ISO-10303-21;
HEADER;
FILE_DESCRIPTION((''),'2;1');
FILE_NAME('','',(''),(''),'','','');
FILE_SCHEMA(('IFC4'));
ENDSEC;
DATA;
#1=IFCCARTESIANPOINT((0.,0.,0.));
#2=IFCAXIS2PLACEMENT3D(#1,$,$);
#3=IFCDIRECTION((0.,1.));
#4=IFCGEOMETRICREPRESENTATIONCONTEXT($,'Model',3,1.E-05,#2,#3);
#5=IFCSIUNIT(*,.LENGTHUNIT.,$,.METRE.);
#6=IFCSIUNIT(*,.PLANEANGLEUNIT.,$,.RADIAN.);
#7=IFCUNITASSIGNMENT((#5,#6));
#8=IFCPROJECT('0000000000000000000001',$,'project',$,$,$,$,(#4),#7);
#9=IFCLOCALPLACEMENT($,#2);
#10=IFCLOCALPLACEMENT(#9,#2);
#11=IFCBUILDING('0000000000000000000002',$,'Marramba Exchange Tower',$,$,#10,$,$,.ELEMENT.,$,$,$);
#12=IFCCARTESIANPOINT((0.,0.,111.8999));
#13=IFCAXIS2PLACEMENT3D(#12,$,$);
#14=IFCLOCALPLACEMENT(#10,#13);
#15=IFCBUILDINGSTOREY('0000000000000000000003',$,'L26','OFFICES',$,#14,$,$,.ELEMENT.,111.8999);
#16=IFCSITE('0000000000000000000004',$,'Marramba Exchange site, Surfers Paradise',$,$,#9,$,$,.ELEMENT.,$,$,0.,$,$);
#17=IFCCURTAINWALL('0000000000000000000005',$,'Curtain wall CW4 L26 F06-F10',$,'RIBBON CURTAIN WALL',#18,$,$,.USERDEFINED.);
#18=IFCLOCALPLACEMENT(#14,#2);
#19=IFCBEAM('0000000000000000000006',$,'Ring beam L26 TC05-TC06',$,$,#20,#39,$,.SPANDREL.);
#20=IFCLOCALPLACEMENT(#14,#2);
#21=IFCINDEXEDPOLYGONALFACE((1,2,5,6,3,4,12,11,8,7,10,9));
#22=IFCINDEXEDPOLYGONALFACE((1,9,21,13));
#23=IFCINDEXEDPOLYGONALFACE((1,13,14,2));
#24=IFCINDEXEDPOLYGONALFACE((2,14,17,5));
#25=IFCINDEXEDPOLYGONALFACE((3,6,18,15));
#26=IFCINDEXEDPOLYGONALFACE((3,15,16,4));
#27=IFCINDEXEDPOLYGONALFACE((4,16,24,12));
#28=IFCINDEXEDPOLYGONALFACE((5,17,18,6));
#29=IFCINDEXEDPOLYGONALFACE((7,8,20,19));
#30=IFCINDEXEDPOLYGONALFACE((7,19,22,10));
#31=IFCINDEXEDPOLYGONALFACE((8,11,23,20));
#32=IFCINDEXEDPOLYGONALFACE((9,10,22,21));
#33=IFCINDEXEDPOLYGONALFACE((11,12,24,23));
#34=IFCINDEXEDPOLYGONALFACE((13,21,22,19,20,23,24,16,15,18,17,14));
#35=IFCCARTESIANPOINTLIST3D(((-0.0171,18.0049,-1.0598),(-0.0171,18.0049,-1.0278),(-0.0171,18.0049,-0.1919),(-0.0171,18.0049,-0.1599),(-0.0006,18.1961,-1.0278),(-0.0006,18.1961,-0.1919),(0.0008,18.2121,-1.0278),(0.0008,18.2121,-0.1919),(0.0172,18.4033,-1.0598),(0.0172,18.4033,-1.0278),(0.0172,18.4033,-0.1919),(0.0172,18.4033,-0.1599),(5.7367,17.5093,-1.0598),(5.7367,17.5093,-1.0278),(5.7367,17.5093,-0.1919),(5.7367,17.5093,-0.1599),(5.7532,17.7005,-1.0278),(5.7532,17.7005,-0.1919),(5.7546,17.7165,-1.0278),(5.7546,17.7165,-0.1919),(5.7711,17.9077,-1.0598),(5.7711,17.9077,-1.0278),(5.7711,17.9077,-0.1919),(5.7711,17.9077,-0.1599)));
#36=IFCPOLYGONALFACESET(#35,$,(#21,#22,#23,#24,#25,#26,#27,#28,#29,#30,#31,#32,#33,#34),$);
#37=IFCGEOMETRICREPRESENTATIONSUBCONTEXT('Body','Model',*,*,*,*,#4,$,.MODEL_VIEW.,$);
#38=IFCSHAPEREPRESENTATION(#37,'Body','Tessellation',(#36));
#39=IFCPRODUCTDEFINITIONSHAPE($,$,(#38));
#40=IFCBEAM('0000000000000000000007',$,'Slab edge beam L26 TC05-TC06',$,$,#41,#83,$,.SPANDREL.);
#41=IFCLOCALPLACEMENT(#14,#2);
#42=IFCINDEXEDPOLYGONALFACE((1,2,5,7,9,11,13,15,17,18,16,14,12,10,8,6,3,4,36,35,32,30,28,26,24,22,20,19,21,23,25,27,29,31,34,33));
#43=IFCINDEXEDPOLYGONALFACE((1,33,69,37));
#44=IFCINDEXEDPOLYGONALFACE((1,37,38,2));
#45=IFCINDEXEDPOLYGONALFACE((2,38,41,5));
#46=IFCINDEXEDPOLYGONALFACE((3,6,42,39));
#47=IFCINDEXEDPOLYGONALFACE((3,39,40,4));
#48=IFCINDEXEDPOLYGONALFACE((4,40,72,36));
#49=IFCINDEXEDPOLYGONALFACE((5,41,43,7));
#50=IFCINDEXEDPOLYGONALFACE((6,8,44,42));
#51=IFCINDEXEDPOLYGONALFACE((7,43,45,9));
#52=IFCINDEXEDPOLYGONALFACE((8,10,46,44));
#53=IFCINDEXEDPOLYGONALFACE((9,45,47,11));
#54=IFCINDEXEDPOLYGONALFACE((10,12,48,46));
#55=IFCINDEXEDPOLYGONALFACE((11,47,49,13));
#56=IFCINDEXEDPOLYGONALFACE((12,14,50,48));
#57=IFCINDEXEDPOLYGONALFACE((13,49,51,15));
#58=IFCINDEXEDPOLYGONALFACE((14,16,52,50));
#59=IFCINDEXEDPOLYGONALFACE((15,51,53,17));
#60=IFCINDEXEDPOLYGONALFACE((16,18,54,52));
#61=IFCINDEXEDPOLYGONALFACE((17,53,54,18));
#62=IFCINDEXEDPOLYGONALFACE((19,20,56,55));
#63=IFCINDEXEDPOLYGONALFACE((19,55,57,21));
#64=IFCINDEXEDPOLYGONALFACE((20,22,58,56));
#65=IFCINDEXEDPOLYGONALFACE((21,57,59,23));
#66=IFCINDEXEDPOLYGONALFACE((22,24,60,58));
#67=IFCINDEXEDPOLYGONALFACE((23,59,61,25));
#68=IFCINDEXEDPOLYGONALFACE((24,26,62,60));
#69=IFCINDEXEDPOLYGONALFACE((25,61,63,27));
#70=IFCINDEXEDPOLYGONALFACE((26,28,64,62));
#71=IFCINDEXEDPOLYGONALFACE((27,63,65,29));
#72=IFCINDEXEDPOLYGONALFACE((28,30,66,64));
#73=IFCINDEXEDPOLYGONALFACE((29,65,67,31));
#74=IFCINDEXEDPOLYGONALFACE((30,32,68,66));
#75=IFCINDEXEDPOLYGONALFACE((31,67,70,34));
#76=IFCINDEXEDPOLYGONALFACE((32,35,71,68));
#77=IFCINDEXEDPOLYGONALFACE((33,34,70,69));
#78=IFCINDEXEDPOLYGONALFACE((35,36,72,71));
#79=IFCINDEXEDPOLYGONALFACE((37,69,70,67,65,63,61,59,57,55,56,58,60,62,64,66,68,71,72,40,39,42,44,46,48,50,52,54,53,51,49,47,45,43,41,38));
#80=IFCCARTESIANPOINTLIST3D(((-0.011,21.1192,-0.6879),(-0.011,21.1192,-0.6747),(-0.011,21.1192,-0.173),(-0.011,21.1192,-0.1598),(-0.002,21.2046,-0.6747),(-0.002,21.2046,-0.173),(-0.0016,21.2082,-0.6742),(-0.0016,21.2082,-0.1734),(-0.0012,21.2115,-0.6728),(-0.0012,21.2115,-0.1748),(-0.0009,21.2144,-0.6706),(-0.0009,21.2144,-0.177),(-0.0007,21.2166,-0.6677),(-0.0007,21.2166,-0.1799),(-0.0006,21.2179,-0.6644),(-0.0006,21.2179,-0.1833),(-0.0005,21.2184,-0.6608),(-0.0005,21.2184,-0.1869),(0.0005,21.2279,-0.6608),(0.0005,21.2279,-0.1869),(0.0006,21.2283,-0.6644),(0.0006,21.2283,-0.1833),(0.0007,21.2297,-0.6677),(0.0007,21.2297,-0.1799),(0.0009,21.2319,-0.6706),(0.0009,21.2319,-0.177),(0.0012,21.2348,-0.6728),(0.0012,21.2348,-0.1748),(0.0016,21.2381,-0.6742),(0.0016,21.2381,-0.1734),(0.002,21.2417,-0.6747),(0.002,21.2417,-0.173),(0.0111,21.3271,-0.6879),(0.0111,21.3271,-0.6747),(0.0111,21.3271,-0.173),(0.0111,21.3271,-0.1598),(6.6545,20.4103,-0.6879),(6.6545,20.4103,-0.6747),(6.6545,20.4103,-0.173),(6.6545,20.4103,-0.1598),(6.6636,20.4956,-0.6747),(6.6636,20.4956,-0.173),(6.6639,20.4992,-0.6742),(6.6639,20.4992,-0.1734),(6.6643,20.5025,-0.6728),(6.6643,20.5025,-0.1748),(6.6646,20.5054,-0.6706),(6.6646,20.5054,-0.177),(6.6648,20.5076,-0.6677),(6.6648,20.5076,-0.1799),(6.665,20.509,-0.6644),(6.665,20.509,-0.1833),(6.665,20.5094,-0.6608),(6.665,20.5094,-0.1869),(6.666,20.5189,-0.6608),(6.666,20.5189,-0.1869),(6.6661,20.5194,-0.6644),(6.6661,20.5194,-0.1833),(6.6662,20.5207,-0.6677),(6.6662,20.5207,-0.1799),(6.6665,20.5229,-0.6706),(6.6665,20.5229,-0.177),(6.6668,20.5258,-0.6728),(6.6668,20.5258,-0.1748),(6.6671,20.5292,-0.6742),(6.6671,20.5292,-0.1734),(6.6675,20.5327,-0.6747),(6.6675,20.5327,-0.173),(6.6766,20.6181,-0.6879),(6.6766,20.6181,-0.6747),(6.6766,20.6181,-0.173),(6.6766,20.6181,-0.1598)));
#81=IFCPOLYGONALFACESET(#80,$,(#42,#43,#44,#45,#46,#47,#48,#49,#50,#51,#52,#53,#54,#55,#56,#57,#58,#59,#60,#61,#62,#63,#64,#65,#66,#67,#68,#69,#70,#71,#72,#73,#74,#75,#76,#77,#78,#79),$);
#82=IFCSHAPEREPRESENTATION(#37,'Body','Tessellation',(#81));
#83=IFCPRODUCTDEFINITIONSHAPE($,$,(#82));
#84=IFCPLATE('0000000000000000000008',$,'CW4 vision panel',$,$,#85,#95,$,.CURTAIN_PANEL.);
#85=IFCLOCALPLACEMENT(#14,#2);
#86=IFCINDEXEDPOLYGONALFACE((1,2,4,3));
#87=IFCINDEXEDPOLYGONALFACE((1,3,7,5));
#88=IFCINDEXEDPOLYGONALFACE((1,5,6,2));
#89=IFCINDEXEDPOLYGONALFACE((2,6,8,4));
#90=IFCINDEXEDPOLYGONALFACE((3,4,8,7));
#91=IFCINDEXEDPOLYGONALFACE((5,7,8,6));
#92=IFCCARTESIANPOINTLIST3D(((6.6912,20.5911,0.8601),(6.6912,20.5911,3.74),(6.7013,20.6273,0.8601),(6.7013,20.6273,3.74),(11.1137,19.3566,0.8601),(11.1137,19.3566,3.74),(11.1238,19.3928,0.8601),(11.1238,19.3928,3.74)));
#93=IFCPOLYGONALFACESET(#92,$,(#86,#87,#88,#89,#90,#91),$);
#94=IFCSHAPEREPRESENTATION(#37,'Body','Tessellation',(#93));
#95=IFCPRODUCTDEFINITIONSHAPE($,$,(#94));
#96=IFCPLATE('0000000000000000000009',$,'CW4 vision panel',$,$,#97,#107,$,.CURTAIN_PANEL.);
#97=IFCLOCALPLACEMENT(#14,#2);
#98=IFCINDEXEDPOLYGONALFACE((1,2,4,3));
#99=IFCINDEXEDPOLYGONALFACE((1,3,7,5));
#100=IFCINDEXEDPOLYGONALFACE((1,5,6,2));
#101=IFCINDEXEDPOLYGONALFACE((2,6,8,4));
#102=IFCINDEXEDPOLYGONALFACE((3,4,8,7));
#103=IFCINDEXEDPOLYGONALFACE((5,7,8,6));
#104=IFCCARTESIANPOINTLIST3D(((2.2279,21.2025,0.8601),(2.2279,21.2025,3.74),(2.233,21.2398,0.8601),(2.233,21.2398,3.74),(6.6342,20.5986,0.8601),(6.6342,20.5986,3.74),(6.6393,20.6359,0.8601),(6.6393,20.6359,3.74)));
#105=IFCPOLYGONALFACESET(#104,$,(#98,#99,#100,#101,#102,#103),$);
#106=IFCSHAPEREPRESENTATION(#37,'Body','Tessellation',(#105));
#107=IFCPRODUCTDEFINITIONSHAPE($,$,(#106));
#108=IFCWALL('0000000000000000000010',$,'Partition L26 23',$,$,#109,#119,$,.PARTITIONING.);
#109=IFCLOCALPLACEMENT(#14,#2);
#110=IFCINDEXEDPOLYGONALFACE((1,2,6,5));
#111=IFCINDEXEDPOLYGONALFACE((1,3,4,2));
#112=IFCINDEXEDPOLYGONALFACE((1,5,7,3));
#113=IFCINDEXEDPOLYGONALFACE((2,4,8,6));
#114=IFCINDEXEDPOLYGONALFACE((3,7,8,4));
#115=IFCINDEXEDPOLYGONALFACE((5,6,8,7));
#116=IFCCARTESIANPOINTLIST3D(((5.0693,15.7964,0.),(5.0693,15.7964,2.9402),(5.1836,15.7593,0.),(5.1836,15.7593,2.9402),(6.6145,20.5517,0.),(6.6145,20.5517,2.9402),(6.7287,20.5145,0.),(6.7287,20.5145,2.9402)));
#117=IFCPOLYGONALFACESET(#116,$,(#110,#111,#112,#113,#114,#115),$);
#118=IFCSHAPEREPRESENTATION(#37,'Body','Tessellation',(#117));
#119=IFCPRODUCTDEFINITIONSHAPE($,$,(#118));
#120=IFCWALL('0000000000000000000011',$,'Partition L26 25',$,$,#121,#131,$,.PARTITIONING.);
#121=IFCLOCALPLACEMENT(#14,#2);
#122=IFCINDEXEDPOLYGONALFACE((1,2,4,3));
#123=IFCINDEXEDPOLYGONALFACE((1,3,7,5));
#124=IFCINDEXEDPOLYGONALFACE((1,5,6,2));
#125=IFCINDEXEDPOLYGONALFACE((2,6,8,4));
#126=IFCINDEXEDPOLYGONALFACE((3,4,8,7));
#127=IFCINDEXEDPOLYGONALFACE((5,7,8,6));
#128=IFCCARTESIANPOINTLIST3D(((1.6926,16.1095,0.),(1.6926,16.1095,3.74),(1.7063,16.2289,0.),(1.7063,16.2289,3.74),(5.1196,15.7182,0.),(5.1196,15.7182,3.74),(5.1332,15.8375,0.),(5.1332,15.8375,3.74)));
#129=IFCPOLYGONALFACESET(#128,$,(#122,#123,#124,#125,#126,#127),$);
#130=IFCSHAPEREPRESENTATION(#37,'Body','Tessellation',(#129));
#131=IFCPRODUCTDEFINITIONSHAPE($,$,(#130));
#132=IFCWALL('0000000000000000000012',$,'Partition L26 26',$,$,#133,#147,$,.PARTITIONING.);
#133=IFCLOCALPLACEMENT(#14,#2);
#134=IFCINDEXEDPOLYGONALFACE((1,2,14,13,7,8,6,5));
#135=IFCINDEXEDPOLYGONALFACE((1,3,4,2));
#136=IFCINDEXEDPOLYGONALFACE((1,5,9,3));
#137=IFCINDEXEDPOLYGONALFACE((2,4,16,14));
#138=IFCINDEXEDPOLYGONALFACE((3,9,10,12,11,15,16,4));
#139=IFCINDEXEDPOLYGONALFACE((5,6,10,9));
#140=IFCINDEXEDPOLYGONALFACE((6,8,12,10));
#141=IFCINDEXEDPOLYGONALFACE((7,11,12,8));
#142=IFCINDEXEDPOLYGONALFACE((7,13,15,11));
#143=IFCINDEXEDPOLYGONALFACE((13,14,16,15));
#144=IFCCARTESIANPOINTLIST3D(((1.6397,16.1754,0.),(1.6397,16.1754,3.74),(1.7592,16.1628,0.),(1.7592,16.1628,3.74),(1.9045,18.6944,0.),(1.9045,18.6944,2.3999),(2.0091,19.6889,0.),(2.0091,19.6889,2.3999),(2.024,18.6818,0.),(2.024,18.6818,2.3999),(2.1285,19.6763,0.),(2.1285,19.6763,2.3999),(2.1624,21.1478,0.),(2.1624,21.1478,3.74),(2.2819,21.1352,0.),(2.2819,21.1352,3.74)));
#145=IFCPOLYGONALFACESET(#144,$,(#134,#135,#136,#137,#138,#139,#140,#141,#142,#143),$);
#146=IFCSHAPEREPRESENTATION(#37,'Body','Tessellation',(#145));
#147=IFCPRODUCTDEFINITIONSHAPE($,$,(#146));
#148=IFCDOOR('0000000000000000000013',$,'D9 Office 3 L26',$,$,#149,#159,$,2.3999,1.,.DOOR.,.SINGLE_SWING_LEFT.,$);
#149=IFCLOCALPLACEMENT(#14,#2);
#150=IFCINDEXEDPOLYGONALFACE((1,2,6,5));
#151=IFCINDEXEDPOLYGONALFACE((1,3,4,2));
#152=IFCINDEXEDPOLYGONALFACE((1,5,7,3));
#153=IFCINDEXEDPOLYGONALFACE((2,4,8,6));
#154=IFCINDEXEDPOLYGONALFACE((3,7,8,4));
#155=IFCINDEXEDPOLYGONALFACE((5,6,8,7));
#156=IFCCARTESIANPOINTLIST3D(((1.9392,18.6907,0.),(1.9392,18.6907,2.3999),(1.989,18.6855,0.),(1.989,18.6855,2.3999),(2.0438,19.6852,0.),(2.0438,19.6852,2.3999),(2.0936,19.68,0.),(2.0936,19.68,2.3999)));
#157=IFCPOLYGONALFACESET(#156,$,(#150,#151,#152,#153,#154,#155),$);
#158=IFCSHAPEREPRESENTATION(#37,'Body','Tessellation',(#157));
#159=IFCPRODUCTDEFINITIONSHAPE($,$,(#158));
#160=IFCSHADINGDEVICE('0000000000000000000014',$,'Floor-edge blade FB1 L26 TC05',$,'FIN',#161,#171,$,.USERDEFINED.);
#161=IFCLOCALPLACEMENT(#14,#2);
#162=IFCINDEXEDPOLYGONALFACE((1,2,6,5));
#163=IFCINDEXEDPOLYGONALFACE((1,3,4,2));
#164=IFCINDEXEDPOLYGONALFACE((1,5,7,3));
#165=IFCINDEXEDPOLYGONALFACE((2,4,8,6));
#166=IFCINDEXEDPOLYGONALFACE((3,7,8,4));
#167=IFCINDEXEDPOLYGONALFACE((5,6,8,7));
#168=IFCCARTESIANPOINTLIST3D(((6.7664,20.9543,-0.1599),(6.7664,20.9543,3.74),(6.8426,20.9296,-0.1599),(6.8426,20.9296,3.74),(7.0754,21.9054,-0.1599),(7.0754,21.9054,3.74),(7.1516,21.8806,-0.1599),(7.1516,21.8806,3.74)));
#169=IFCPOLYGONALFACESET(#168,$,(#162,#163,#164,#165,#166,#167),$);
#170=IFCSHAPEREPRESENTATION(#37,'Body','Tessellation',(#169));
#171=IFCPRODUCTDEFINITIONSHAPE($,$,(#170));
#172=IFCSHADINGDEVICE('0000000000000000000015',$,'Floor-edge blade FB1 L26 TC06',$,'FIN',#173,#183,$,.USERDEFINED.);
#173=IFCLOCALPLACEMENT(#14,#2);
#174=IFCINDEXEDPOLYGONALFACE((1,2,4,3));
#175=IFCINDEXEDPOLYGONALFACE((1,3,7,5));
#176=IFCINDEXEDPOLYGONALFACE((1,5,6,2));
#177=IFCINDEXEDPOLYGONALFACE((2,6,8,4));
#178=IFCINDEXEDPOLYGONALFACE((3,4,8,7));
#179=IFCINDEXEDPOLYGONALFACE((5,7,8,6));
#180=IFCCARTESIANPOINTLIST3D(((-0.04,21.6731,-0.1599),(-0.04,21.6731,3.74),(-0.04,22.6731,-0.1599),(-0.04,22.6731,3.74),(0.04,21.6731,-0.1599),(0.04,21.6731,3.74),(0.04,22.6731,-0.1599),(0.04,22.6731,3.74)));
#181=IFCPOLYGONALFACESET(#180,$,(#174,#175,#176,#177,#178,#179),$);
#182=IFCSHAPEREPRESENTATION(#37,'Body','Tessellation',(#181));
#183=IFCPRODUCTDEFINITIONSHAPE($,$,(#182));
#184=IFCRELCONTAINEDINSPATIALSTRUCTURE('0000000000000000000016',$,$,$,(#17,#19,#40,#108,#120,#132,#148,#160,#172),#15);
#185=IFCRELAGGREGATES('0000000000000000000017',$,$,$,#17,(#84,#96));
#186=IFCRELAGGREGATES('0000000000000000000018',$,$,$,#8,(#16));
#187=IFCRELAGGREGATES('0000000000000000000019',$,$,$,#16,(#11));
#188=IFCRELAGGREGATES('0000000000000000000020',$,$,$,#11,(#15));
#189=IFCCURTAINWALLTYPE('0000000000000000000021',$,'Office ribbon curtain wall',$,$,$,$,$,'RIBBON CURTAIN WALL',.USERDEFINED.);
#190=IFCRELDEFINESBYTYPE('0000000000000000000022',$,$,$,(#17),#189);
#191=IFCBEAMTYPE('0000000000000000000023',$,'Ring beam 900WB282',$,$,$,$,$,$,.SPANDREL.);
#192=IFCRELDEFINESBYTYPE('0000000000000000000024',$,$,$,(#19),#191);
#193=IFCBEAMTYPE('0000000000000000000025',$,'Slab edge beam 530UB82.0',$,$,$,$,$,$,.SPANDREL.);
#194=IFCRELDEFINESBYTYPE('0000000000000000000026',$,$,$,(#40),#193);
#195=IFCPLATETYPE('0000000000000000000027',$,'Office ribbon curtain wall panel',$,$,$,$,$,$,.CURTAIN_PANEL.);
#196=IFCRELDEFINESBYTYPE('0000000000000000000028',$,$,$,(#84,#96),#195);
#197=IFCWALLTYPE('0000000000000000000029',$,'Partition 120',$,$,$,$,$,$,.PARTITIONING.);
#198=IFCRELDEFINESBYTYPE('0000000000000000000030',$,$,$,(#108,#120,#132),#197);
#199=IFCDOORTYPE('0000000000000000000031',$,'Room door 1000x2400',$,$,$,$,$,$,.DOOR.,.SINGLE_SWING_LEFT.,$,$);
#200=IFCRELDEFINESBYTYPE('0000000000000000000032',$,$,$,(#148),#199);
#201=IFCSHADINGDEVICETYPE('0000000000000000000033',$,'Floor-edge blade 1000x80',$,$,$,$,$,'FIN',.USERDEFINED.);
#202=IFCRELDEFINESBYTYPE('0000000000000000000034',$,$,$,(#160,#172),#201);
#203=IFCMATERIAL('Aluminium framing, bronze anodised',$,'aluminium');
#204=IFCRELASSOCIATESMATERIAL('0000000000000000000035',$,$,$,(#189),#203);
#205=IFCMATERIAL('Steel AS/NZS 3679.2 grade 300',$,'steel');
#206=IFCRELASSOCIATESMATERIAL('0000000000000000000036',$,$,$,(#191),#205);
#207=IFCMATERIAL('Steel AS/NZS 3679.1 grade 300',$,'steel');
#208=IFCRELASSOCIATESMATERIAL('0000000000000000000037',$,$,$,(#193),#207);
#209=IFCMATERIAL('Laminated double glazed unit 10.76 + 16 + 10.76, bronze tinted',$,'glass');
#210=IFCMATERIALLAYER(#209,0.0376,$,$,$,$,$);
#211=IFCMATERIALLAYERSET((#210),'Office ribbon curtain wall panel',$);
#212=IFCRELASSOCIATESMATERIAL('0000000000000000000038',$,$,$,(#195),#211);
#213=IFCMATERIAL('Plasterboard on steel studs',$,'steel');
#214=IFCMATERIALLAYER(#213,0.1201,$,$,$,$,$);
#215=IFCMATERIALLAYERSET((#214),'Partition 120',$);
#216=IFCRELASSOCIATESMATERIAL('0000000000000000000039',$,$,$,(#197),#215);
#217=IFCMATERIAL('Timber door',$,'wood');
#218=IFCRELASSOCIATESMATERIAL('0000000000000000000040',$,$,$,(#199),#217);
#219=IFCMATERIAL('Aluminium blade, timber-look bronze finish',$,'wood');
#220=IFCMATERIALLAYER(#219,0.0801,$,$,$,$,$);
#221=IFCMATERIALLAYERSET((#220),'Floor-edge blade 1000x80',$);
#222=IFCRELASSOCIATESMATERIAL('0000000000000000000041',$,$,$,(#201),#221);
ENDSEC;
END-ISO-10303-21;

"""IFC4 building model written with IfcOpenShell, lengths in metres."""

from ifc_helpers import new_model, si_unit, direction, frame, frame_2d, origin, origin_2d, place, context, subcontext, project, spatial, rectangle, i_section, extrude, material, layer, layer_set, material_profile, profile_set, type_object, element, fill, aggregate, save


model = new_model("IFC4")

# Units and contexts
model_context = context("Model", 3, precision=1e-05, world=origin(), true_north=direction((0.0, 1.0)))
body_context = subcontext(model_context, "Body", "Model", "MODEL_VIEW")
ifc_project = project(units=[si_unit("LENGTHUNIT", "METRE"), si_unit("PLANEANGLEUNIT", "RADIAN")], contexts=[model_context])

# Site, building, storey
site_placement = place(None, origin())
site = spatial("IfcSite", under=ifc_project, at=site_placement, Name="Marramba Exchange site, Surfers Paradise", CompositionType="ELEMENT", RefElevation=0.0)
building_placement = place(site_placement, origin())
building = spatial("IfcBuilding", under=site, at=building_placement, Name="Marramba Exchange Tower", CompositionType="ELEMENT")
storey_placement = place(building_placement, frame((0.0, 0.0, 111.8999)))
storey = spatial("IfcBuildingStorey", under=building, at=storey_placement, Name="L26", Description="OFFICES", CompositionType="ELEMENT", Elevation=111.8999)

# Shared definitions
ifc_material_1 = material(Name="Steel AS/NZS 3679.2 grade 300", Category="steel")

# Curtain wall
ifc_material_2 = material(Name="Aluminium framing, bronze anodised", Category="aluminium")
curtain_wall_type = type_object("IfcCurtainWallType", Name="Office ribbon curtain wall", ElementType="RIBBON CURTAIN WALL", PredefinedType="USERDEFINED", material=ifc_material_2)
curtain_wall_placement = place(storey_placement, origin())
curtain_wall = element("IfcCurtainWall", 1, at=curtain_wall_placement, inside=storey, type_object=curtain_wall_type, Name="Curtain wall CW4 L26 F06-F10", ObjectType="RIBBON CURTAIN WALL", PredefinedType="USERDEFINED")

# Beams
ifc_material_profile_1 = material_profile(ifc_material_1, i_section(OverallWidth=0.3999, OverallDepth=0.8999, WebThickness=0.0161, FlangeThickness=0.032, at=origin_2d()), Name="900WB282")
ifc_profile_set_1 = profile_set([ifc_material_profile_1], Name="Steel AS/NZS 3679.2 grade 300")
beam_type_1 = type_object("IfcBeamType", Name="Ring beam 900WB282", PredefinedType="SPANDREL", material=ifc_profile_set_1)
beam_1_placement = place(storey_placement, frame((5.7539, 17.7085, -0.6099), z_axis=(-0.996311, 0.085816, 0.0), x_axis=(-0.085816, -0.996311, 0.0)))
element("IfcBeam", 2, at=beam_1_placement, inside=storey, type_object=beam_type_1, Name="Ring beam L26 TC05-TC06", PredefinedType="SPANDREL", context=body_context, shape_type="SweptSolid", body=[
    extrude(i_section(OverallWidth=0.3999, OverallDepth=0.8999, WebThickness=0.0161, FlangeThickness=0.032, at=origin_2d()), origin(), (0.0, 0.0, 1.0), 5.7751),
])
ifc_material_3 = material(Name="Steel AS/NZS 3679.1 grade 300", Category="steel")
ifc_material_profile_2 = material_profile(ifc_material_3, i_section(OverallWidth=0.209, OverallDepth=0.5281, WebThickness=0.0095, FlangeThickness=0.0132, FilletRadius=0.0139, at=origin_2d()), Name="530UB82.0")
ifc_profile_set_2 = profile_set([ifc_material_profile_2], Name="Steel AS/NZS 3679.1 grade 300")
beam_type_2 = type_object("IfcBeamType", Name="Slab edge beam 530UB82.0", PredefinedType="SPANDREL", material=ifc_profile_set_2)
beam_2_placement = place(storey_placement, frame((6.6655, 20.5142, -0.4238), z_axis=(-0.994391, 0.105769, 0.0), x_axis=(-0.105769, -0.994391, 0.0)))
element("IfcBeam", 3, at=beam_2_placement, inside=storey, type_object=beam_type_2, Name="Slab edge beam L26 TC05-TC06", PredefinedType="SPANDREL", context=body_context, shape_type="SweptSolid", body=[
    extrude(i_section(OverallWidth=0.209, OverallDepth=0.5281, WebThickness=0.0095, FlangeThickness=0.0132, FilletRadius=0.0139, at=origin_2d()), origin(), (0.0, 0.0, 1.0), 6.7031),
])

# Plates
ifc_material_4 = material(Name="Laminated double glazed unit 10.76 + 16 + 10.76, bronze tinted", Category="glass")
ifc_layer_1 = layer(ifc_material_4, 0.0376)
ifc_layer_set_1 = layer_set([ifc_layer_1], Name="Office ribbon curtain wall panel")
plate_type = type_object("IfcPlateType", Name="Office ribbon curtain wall panel", PredefinedType="CURTAIN_PANEL", material=ifc_layer_set_1)
plate_1_placement = place(storey_placement, frame((8.9075, 19.9919, 0.8601), z_axis=(0.0, 0.0, 1.0), x_axis=(-0.963178, 0.268865, 0.0)))
plate_1 = element("IfcPlate", 4, at=plate_1_placement, type_object=plate_type, Name="CW4 vision panel", PredefinedType="CURTAIN_PANEL", context=body_context, shape_type="SweptSolid", body=[
    extrude(rectangle(XDim=4.5916, YDim=0.0376, at=origin_2d()), origin(), (0.0, 0.0, 1.0), 2.8799),
])
plate_2_placement = place(storey_placement, frame((4.4336, 20.9192, 0.8601), z_axis=(0.0, 0.0, 1.0), x_axis=(-0.990738, 0.135786, 0.0)))
plate_2 = element("IfcPlate", 5, at=plate_2_placement, type_object=plate_type, Name="CW4 vision panel", PredefinedType="CURTAIN_PANEL", context=body_context, shape_type="SweptSolid", body=[
    extrude(rectangle(XDim=4.4475, YDim=0.0376, at=origin_2d()), origin(), (0.0, 0.0, 1.0), 2.8799),
])
aggregate(curtain_wall, [plate_1, plate_2])

# Walls
ifc_material_5 = material(Name="Plasterboard on steel studs", Category="steel")
ifc_layer_2 = layer(ifc_material_5, 0.1201)
ifc_layer_set_2 = layer_set([ifc_layer_2], Name="Partition 120")
wall_type = type_object("IfcWallType", Name="Partition 120", PredefinedType="PARTITIONING", material=ifc_layer_set_2)
wall_1_placement = place(storey_placement, frame((5.1265, 15.7778, 0.0), z_axis=(0.0, 0.0, 1.0), x_axis=(0.309026, 0.951053, 0.0)))
element("IfcWall", 6, at=wall_1_placement, inside=storey, type_object=wall_type, Name="Partition L26 23", PredefinedType="PARTITIONING", context=body_context, shape_type="SweptSolid", body=[
    extrude(rectangle(XDim=5.0, YDim=0.1201, at=frame_2d((2.5, 0.0))), origin(), (0.0, 0.0, 1.0), 2.9402),
])
wall_2_placement = place(storey_placement, frame((1.6995, 16.1692, 0.0), z_axis=(0.0, 0.0, 1.0), x_axis=(0.993542, -0.113461, 0.0)))
element("IfcWall", 7, at=wall_2_placement, inside=storey, type_object=wall_type, Name="Partition L26 25", PredefinedType="PARTITIONING", context=body_context, shape_type="SweptSolid", body=[
    extrude(rectangle(XDim=3.4492, YDim=0.1201, at=frame_2d((1.7246, 0.0))), origin(), (0.0, 0.0, 1.0), 3.74),
])

# Wall, opening, door
wall_3_placement = place(storey_placement, frame((2.2222, 21.1416, 0.0), z_axis=(0.0, 0.0, 1.0), x_axis=(-0.104545, -0.99452, 0.0)))
wall_3 = element("IfcWall", 8, at=wall_3_placement, inside=storey, type_object=wall_type, Name="Partition L26 26", PredefinedType="PARTITIONING", context=body_context, shape_type="SweptSolid", body=[
    extrude(rectangle(XDim=4.9998, YDim=0.1201, at=frame_2d((2.5, 0.0))), origin(), (0.0, 0.0, 1.0), 3.74),
])
opening_placement = place(wall_3_placement, frame((1.467, 0.0, 0.0)))
opening = element("IfcOpeningElement", 9, at=opening_placement, cuts=wall_3, PredefinedType="OPENING", context=body_context, shape_type="SweptSolid", body=[
    extrude(rectangle(XDim=1.0, YDim=2.3999, at=frame_2d((0.5, 1.2))), frame((0.0, 0.0701, 0.0), z_axis=(0.0, -1.0, 0.0), x_axis=(1.0, 0.0, 0.0)), (0.0, 0.0, 1.0), 0.1401),
])
ifc_material_6 = material(Name="Timber door", Category="wood")
door_type = type_object("IfcDoorType", Name="Room door 1000x2400", OperationType="SINGLE_SWING_LEFT", PredefinedType="DOOR", material=ifc_material_6)
door_placement = place(opening_placement, origin())
door = element("IfcDoor", 10, at=door_placement, inside=storey, type_object=door_type, Name="D9 Office 3 L26", OperationType="SINGLE_SWING_LEFT", OverallHeight=2.3999, OverallWidth=1.0, PredefinedType="DOOR", context=body_context, shape_type="SweptSolid", body=[
    extrude(rectangle(XDim=1.0, YDim=2.3999, at=frame_2d((0.5, 1.2))), frame((0.0, 0.0249, 0.0), z_axis=(0.0, -1.0, 0.0), x_axis=(1.0, 0.0, 0.0)), (0.0, 0.0, 1.0), 0.05),
])
fill(opening, door)

# Shading devices
ifc_material_7 = material(Name="Aluminium blade, timber-look bronze finish", Category="wood")
ifc_layer_3 = layer(ifc_material_7, 0.0801)
ifc_layer_set_3 = layer_set([ifc_layer_3], Name="Floor-edge blade 1000x80")
shading_device_type_1 = type_object("IfcShadingDeviceType", Name="Floor-edge blade 1000x80", ElementType="FIN", PredefinedType="USERDEFINED", material=ifc_layer_set_3)
for number, where, z_axis, x_axis, name in (
    (11, (6.959, 21.4175, -0.1599), (0.0, 0.0, 1.0), (0.309017, 0.951057, 0.0), "Floor-edge blade FB1 L26 TC05"),
    (12, (0.0, 22.1731, -0.1599), (0.0, 0.0, 1.0), (0.0, 1.0, 0.0), "Floor-edge blade FB1 L26 TC06"),
):
    element("IfcShadingDevice", number, at=place(storey_placement, frame(where, z_axis=z_axis, x_axis=x_axis)), inside=storey, type_object=shading_device_type_1, Name=name, ObjectType="FIN", PredefinedType="USERDEFINED", context=body_context, shape_type="SweptSolid", body=[
        extrude(rectangle(XDim=1.0, YDim=0.0801, at=origin_2d()), origin(), (0.0, 0.0, 1.0), 3.8999),
    ])

save(model, "model.ifc")
